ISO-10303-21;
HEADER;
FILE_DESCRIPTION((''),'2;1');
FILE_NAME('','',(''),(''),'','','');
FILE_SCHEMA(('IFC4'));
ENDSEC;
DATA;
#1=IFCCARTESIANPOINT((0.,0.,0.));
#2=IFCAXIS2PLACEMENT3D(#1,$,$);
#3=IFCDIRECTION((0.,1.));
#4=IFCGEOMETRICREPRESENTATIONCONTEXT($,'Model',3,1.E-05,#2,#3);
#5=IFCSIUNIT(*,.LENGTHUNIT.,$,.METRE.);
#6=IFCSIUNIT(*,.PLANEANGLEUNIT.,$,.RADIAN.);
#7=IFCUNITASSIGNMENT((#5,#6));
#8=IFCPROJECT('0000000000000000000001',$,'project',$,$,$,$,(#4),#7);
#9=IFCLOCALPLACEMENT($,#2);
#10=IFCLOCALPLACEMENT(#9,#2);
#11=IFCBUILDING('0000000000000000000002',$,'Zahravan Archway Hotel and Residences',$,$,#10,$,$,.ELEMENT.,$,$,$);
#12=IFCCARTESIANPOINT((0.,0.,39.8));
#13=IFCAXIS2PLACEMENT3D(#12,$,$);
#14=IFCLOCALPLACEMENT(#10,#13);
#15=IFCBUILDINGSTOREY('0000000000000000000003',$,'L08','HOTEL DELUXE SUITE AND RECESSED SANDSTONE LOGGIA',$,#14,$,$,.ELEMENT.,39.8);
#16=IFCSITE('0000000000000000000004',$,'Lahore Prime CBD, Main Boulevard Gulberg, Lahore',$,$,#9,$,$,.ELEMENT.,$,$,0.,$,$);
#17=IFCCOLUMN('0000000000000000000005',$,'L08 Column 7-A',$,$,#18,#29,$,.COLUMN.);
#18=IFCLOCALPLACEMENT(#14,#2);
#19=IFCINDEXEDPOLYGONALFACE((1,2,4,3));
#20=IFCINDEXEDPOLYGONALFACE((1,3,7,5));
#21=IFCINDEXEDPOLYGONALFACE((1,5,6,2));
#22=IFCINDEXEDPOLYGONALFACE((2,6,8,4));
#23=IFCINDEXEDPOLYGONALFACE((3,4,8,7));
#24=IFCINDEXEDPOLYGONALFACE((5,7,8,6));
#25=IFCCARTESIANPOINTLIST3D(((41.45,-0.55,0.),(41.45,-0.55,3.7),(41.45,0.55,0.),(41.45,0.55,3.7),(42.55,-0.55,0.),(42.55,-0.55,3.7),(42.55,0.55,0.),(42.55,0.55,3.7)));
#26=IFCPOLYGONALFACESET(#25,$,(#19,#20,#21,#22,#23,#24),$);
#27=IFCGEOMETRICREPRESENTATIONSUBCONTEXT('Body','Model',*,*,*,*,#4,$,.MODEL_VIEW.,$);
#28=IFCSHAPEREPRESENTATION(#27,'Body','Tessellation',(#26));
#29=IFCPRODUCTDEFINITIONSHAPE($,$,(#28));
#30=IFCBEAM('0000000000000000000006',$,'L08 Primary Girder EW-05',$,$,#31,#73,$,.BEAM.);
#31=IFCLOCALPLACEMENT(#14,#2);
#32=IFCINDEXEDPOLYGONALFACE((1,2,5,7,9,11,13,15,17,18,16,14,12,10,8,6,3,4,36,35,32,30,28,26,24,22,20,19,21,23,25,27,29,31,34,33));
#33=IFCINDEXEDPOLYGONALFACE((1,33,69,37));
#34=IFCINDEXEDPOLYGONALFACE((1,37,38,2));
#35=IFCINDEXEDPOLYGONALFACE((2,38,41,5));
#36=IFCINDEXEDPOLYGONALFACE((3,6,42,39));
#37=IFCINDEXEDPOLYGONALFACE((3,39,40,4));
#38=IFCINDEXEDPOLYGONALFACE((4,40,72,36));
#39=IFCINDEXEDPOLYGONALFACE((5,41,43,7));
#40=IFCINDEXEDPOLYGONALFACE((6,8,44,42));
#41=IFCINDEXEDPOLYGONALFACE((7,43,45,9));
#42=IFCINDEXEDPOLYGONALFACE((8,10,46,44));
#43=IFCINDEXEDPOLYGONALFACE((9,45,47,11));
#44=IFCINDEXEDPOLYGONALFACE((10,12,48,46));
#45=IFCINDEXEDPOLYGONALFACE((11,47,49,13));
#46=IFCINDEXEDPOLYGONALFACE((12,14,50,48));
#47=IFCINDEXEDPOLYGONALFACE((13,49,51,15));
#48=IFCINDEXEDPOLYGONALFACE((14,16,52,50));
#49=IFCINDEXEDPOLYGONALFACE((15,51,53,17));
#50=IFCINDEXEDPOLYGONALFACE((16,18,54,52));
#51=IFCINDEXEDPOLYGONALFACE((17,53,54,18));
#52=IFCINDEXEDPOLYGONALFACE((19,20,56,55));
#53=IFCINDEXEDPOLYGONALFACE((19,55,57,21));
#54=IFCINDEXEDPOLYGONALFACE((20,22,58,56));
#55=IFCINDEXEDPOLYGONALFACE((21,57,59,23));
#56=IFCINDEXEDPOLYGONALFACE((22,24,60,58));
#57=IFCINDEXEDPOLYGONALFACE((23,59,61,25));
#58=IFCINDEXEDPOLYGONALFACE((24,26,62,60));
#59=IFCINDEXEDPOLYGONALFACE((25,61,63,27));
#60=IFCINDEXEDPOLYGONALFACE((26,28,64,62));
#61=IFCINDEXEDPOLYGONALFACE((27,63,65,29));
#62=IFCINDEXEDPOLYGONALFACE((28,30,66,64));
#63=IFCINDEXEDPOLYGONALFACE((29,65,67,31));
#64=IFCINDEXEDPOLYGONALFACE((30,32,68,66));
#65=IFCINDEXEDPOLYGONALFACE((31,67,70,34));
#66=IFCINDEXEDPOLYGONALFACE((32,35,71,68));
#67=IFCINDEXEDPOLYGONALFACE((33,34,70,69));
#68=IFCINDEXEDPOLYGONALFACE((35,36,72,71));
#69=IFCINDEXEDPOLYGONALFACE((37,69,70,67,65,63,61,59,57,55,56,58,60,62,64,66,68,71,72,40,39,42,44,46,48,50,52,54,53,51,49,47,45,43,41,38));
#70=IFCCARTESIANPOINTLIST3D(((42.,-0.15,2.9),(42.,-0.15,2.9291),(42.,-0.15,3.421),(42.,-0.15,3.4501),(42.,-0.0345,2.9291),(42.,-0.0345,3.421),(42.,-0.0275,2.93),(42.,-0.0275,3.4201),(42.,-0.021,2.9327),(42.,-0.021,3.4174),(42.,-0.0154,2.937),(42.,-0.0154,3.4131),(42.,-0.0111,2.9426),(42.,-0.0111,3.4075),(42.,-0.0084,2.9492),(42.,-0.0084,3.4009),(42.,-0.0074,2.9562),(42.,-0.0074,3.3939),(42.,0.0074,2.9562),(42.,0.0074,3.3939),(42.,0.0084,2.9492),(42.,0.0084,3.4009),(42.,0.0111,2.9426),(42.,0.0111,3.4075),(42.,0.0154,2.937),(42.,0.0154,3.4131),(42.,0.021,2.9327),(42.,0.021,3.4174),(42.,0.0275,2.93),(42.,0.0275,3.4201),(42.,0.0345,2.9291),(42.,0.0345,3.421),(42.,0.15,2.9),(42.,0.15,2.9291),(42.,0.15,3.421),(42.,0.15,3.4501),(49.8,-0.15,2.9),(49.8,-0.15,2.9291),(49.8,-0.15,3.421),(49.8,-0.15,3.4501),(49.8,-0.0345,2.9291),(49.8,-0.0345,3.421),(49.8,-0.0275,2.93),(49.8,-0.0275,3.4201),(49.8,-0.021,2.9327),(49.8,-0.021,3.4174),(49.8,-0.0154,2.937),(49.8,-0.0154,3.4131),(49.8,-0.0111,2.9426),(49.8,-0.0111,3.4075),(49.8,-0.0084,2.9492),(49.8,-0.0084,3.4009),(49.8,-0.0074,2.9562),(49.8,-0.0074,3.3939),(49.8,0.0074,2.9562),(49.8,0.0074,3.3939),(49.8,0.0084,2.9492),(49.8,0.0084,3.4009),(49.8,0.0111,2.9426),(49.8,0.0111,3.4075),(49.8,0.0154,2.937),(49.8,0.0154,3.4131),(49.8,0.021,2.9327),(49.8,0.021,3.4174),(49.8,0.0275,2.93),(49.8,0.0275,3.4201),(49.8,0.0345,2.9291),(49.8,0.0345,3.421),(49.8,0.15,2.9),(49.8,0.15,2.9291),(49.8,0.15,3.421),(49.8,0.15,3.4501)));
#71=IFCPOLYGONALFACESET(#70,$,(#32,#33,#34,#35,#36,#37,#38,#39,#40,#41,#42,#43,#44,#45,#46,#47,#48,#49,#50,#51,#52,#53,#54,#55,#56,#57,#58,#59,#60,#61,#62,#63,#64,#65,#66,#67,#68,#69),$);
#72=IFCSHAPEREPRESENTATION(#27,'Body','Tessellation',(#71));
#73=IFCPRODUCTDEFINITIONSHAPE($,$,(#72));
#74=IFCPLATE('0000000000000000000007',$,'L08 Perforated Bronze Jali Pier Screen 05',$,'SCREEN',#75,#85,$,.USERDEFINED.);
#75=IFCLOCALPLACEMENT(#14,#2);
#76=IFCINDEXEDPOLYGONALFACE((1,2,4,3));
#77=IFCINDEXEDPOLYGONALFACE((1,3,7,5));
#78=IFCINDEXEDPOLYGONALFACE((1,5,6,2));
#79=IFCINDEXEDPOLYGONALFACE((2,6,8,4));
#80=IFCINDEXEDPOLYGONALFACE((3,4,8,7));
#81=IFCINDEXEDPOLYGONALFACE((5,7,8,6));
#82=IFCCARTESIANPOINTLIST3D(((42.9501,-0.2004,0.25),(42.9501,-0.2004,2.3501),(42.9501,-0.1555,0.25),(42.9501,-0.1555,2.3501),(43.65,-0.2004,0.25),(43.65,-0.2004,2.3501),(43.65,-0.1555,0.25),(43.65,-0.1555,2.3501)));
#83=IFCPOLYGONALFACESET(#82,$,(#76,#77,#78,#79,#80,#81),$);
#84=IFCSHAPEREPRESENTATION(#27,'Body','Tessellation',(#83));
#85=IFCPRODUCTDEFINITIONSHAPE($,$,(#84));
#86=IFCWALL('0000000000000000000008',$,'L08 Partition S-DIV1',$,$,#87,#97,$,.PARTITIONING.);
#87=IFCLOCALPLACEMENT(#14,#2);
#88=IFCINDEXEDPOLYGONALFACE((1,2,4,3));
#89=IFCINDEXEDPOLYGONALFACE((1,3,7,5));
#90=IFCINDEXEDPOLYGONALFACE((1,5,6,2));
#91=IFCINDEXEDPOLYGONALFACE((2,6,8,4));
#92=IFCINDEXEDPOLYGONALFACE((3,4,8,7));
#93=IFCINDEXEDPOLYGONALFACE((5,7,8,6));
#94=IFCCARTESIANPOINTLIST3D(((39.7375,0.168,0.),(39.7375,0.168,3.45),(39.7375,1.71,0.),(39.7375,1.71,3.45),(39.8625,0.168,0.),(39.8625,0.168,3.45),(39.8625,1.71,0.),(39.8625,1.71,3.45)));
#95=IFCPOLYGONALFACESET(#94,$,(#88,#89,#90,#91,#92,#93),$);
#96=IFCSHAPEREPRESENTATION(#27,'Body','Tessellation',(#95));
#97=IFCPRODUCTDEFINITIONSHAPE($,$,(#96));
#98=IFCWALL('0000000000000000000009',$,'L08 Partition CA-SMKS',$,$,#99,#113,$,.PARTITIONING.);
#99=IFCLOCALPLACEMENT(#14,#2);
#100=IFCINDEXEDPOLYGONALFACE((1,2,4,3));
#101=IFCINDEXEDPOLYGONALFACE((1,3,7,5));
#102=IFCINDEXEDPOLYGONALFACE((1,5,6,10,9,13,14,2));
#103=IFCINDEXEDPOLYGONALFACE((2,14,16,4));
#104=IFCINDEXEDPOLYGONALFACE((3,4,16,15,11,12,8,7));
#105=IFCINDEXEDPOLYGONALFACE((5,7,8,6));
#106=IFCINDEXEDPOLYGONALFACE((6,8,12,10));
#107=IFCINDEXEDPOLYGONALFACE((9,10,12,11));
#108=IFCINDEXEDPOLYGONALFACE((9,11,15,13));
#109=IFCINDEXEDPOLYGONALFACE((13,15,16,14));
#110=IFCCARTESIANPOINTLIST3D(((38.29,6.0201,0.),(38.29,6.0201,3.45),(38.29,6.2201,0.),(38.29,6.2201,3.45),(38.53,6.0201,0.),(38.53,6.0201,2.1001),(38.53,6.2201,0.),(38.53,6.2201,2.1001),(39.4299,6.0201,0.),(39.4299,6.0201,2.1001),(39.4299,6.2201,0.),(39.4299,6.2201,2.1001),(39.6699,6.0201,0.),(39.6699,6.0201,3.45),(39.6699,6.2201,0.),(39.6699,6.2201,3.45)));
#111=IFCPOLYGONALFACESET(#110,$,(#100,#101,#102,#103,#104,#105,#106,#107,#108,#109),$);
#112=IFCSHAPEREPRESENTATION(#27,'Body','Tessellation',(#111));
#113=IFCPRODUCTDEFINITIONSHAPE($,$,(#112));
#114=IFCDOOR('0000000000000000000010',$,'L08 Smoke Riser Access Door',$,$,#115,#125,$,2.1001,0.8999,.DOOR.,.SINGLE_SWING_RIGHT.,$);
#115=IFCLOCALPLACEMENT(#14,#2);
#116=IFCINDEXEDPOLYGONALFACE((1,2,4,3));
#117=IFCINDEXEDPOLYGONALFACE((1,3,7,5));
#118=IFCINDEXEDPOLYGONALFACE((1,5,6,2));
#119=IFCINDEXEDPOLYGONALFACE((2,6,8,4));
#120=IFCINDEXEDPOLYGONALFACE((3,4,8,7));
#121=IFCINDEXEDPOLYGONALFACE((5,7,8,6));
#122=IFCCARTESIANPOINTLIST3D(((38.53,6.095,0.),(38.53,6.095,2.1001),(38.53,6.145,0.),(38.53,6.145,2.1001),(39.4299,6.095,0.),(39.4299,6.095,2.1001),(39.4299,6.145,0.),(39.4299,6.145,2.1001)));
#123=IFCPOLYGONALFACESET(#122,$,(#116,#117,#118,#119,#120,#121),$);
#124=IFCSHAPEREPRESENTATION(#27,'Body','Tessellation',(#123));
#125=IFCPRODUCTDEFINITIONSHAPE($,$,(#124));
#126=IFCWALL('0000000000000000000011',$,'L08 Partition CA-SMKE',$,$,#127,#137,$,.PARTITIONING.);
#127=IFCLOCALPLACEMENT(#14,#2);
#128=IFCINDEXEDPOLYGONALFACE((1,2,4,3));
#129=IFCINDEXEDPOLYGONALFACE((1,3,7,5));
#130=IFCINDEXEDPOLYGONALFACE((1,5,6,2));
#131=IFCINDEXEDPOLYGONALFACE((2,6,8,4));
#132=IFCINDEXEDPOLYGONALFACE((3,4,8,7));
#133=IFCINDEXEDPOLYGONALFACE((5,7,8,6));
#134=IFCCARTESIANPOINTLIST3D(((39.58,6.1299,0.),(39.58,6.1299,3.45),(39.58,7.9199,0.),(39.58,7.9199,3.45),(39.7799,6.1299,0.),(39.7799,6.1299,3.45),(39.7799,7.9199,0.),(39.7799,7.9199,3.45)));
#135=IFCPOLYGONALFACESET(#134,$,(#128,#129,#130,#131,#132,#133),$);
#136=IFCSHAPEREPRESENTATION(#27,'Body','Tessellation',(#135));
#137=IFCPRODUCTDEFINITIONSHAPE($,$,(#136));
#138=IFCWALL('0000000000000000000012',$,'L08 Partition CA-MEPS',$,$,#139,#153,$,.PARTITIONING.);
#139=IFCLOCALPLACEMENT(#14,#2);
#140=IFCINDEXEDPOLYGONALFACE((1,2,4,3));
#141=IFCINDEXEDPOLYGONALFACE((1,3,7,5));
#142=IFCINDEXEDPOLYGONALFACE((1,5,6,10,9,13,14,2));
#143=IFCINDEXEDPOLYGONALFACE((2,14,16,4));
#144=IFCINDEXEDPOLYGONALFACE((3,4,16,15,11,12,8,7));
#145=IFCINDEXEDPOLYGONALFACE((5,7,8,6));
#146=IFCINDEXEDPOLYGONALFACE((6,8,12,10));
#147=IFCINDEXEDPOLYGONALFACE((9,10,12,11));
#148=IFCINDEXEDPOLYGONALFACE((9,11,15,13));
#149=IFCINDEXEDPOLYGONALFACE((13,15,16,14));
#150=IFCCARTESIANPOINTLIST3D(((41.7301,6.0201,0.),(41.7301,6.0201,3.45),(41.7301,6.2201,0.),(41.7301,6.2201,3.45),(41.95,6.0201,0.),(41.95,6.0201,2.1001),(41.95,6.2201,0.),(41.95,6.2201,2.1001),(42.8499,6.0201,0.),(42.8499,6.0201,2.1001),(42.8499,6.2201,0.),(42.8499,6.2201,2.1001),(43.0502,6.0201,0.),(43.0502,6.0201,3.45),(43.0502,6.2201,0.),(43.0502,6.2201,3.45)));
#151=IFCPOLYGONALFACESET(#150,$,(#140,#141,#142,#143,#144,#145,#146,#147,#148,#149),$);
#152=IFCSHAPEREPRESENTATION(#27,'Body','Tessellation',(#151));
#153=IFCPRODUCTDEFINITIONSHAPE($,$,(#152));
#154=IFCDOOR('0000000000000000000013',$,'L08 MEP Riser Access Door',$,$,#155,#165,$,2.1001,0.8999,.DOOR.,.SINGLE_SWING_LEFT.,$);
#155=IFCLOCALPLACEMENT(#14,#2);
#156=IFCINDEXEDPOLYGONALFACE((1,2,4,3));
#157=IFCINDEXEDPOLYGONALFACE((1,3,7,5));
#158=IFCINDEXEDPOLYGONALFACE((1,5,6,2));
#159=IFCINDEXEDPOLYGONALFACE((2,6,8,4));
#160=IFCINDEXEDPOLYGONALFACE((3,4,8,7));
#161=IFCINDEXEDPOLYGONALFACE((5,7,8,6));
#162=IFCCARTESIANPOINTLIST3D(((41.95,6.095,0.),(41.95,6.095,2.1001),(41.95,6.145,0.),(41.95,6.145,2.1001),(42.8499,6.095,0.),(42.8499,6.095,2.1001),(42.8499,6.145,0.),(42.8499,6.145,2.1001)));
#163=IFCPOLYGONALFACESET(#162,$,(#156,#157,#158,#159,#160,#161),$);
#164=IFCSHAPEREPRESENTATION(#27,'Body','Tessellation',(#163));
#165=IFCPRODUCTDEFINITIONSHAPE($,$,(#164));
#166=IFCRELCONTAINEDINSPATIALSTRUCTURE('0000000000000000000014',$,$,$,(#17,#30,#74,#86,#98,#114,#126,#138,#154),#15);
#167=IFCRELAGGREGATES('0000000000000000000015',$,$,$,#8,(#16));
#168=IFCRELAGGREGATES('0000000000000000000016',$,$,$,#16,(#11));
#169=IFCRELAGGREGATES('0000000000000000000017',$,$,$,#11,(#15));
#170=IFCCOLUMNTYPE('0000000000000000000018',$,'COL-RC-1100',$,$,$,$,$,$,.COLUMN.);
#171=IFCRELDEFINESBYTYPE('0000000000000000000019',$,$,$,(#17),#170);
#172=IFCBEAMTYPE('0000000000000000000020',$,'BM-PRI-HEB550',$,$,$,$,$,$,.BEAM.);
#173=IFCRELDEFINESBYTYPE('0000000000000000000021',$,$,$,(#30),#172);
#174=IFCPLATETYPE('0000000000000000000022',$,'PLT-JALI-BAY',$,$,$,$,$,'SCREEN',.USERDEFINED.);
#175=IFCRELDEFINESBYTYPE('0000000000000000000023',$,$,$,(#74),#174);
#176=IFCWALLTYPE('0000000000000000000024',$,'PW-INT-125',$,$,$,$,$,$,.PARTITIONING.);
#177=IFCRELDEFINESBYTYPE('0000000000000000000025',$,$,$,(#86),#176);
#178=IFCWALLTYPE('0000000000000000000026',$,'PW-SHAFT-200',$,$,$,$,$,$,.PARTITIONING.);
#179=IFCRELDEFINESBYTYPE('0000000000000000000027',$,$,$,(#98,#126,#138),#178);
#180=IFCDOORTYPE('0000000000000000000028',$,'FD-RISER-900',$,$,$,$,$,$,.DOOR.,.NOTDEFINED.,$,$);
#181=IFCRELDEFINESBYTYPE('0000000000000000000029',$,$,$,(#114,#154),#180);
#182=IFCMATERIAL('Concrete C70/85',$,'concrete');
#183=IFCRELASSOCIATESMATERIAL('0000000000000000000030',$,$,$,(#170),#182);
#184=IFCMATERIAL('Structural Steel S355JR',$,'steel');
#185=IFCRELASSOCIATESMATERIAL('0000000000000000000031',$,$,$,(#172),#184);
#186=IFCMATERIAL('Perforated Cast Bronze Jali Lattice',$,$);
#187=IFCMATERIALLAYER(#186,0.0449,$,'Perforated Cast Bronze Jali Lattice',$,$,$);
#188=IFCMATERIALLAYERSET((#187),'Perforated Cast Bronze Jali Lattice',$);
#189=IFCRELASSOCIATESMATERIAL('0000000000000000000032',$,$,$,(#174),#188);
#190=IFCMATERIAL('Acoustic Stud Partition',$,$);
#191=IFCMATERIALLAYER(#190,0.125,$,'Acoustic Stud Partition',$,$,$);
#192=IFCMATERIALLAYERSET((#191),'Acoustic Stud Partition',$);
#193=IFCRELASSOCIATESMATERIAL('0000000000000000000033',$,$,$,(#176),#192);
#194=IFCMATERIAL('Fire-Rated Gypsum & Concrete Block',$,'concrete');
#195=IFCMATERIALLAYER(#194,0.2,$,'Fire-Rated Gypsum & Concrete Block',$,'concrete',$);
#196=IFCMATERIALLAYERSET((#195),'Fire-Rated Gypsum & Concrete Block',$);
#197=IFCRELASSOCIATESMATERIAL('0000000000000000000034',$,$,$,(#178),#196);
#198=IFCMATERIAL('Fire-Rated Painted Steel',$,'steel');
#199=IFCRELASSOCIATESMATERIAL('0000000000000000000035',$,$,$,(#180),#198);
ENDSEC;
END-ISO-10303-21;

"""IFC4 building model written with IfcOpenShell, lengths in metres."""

from ifc_helpers import new_model, si_unit, direction, frame, frame_2d, origin, origin_2d, place, context, subcontext, project, spatial, rectangle, i_section, extrude, source, transform, mapped, material, layer, layer_set, material_profile, profile_set, type_object, type_shapes, element, fill, save


model = new_model("IFC4")

# Units and contexts
model_context = context("Model", 3, precision=1e-05, world=origin(), true_north=direction((0.0, 1.0)))
body_context = subcontext(model_context, "Body", "Model", "MODEL_VIEW")
ifc_project = project(units=[si_unit("LENGTHUNIT", "METRE"), si_unit("PLANEANGLEUNIT", "RADIAN")], contexts=[model_context])

# Site, building, storey
site_placement = place(None, origin())
site = spatial("IfcSite", under=ifc_project, at=site_placement, Name="Lahore Prime CBD, Main Boulevard Gulberg, Lahore", CompositionType="ELEMENT", RefElevation=0.0)
building_placement = place(site_placement, origin())
building = spatial("IfcBuilding", under=site, at=building_placement, Name="Zahravan Archway Hotel and Residences", CompositionType="ELEMENT")
storey_placement = place(building_placement, frame((0.0, 0.0, 39.8)))
storey = spatial("IfcBuildingStorey", under=building, at=storey_placement, Name="L08", Description="HOTEL DELUXE SUITE AND RECESSED SANDSTONE LOGGIA", CompositionType="ELEMENT", Elevation=39.8)

# Column
ifc_material_1 = material(Name="Concrete C70/85", Category="concrete")
ifc_material_profile_1 = material_profile(ifc_material_1, rectangle(XDim=1.1001, YDim=1.1001, at=origin_2d()), Name="RC 1100x1100", Category="concrete")
ifc_profile_set_1 = profile_set([ifc_material_profile_1], Name="Concrete C70/85")
column_type = type_object("IfcColumnType", Name="COL-RC-1100", PredefinedType="COLUMN", material=ifc_profile_set_1)
shared_shape_1 = source(origin(), body_context, "Body", "SweptSolid", [
    extrude(rectangle(XDim=1.1001, YDim=1.1001, at=origin_2d()), origin(), (0.0, 0.0, 1.0), 3.7),
])
column_placement = place(storey_placement, frame((42.0, 0.0, 0.0), z_axis=(0.0, 0.0, 1.0), x_axis=(1.0, 0.0, 0.0)))
element("IfcColumn", 1, at=column_placement, inside=storey, type_object=column_type, Name="L08 Column 7-A", PredefinedType="COLUMN", context=body_context, shape_type="MappedRepresentation", body=[
    mapped(shared_shape_1, transform((0.0, 0.0, 0.0), scale=1.0)),
])

# Beam
ifc_material_2 = material(Name="Structural Steel S355JR", Category="steel")
ifc_material_profile_2 = material_profile(ifc_material_2, i_section(OverallWidth=0.3, OverallDepth=0.55, WebThickness=0.0149, FlangeThickness=0.0291, FilletRadius=0.0271, at=origin_2d()), Name="HEB 550", Category="steel")
ifc_profile_set_2 = profile_set([ifc_material_profile_2], Name="Structural Steel S355JR")
beam_type = type_object("IfcBeamType", Name="BM-PRI-HEB550", PredefinedType="BEAM", material=ifc_profile_set_2)
shared_shape_2 = source(origin(), body_context, "Body", "SweptSolid", [
    extrude(i_section(OverallWidth=0.3, OverallDepth=0.55, WebThickness=0.0149, FlangeThickness=0.0291, FilletRadius=0.0271, at=origin_2d()), origin(), (0.0, 0.0, 1.0), 7.8),
])
beam_placement = place(storey_placement, frame((42.0, 0.0, 3.175), z_axis=(1.0, 0.0, 0.0), x_axis=(0.0, 1.0, 0.0)))
element("IfcBeam", 2, at=beam_placement, inside=storey, type_object=beam_type, Name="L08 Primary Girder EW-05", PredefinedType="BEAM", context=body_context, shape_type="MappedRepresentation", body=[
    mapped(shared_shape_2, transform((0.0, 0.0, 0.0), scale=1.0)),
])

# Plate
ifc_material_3 = material(Name="Perforated Cast Bronze Jali Lattice")
ifc_layer_1 = layer(ifc_material_3, 0.0449, Name="Perforated Cast Bronze Jali Lattice")
ifc_layer_set_1 = layer_set([ifc_layer_1], Name="Perforated Cast Bronze Jali Lattice")
plate_type = type_object("IfcPlateType", Name="PLT-JALI-BAY", ElementType="SCREEN", PredefinedType="USERDEFINED", material=ifc_layer_set_1)
shared_shape_3 = source(origin(), body_context, "Body", "SweptSolid", [
    extrude(rectangle(XDim=0.7, YDim=0.0449, at=origin_2d()), origin(), (0.0, 0.0, 1.0), 2.1001),
])
type_shapes(plate_type, [shared_shape_3])
plate_placement = place(storey_placement, frame((43.3, -0.178, 0.25), z_axis=(0.0, 0.0, 1.0), x_axis=(1.0, 0.0, 0.0)))
element("IfcPlate", 3, at=plate_placement, inside=storey, type_object=plate_type, Name="L08 Perforated Bronze Jali Pier Screen 05", ObjectType="SCREEN", PredefinedType="USERDEFINED", context=body_context, shape_type="MappedRepresentation", body=[
    mapped(shared_shape_3, transform((0.0, 0.0, 0.0), scale=1.0)),
])

# Wall
ifc_material_4 = material(Name="Acoustic Stud Partition")
ifc_layer_2 = layer(ifc_material_4, 0.125, Name="Acoustic Stud Partition")
ifc_layer_set_2 = layer_set([ifc_layer_2], Name="Acoustic Stud Partition")
wall_type_1 = type_object("IfcWallType", Name="PW-INT-125", PredefinedType="PARTITIONING", material=ifc_layer_set_2)
wall_1_placement = place(storey_placement, frame((39.8, 0.168, 0.0), z_axis=(0.0, 0.0, 1.0), x_axis=(0.0, 1.0, 0.0)))
element("IfcWall", 4, at=wall_1_placement, inside=storey, type_object=wall_type_1, Name="L08 Partition S-DIV1", PredefinedType="PARTITIONING", context=body_context, shape_type="SweptSolid", body=[
    extrude(rectangle(XDim=1.542, YDim=0.125, at=frame_2d((0.771, 0.0))), origin(), (0.0, 0.0, 1.0), 3.45),
])

# Wall, opening, door
ifc_material_5 = material(Name="Fire-Rated Gypsum & Concrete Block", Category="concrete")
ifc_layer_3 = layer(ifc_material_5, 0.2, Name="Fire-Rated Gypsum & Concrete Block", Category="concrete")
ifc_layer_set_3 = layer_set([ifc_layer_3], Name="Fire-Rated Gypsum & Concrete Block")
wall_type_2 = type_object("IfcWallType", Name="PW-SHAFT-200", PredefinedType="PARTITIONING", material=ifc_layer_set_3)
wall_2_placement = place(storey_placement, frame((38.29, 6.1201, 0.0), z_axis=(0.0, 0.0, 1.0), x_axis=(1.0, 0.0, 0.0)))
wall_2 = element("IfcWall", 5, at=wall_2_placement, inside=storey, type_object=wall_type_2, Name="L08 Partition CA-SMKS", PredefinedType="PARTITIONING", context=body_context, shape_type="SweptSolid", body=[
    extrude(rectangle(XDim=1.3799, YDim=0.2, at=frame_2d((0.6899, 0.0))), origin(), (0.0, 0.0, 1.0), 3.45),
])
opening_1_placement = place(wall_2_placement, frame((0.24, 0.0, 0.0)))
opening_1 = element("IfcOpeningElement", 6, at=opening_1_placement, cuts=wall_2, PredefinedType="OPENING", context=body_context, shape_type="SweptSolid", body=[
    extrude(rectangle(XDim=0.8999, YDim=2.1001, at=frame_2d((0.45, 1.05))), frame((0.0, 0.1099, 0.0), z_axis=(0.0, -1.0, 0.0), x_axis=(1.0, 0.0, 0.0)), (0.0, 0.0, 1.0), 0.22),
])
ifc_material_6 = material(Name="Fire-Rated Painted Steel", Category="steel")
door_type = type_object("IfcDoorType", Name="FD-RISER-900", OperationType="NOTDEFINED", PredefinedType="DOOR", material=ifc_material_6)
shared_shape_4 = source(origin(), body_context, "Body", "SweptSolid", [
    extrude(rectangle(XDim=0.8999, YDim=2.1001, at=frame_2d((0.45, 1.05))), frame((0.0, 0.0249, 0.0), z_axis=(0.0, -1.0, 0.0), x_axis=(1.0, 0.0, 0.0)), (0.0, 0.0, 1.0), 0.05),
])
type_shapes(door_type, [shared_shape_4])
door_1_placement = place(opening_1_placement, origin())
door_1 = element("IfcDoor", 7, at=door_1_placement, inside=storey, type_object=door_type, Name="L08 Smoke Riser Access Door", OperationType="SINGLE_SWING_RIGHT", OverallHeight=2.1001, OverallWidth=0.8999, PredefinedType="DOOR", context=body_context, shape_type="MappedRepresentation", body=[
    mapped(shared_shape_4, transform((0.0, 0.0, 0.0), scale=1.0)),
])
fill(opening_1, door_1)

# Wall
wall_3_placement = place(storey_placement, frame((39.6799, 6.1299, 0.0), z_axis=(0.0, 0.0, 1.0), x_axis=(0.0, 1.0, 0.0)))
element("IfcWall", 8, at=wall_3_placement, inside=storey, type_object=wall_type_2, Name="L08 Partition CA-SMKE", PredefinedType="PARTITIONING", context=body_context, shape_type="SweptSolid", body=[
    extrude(rectangle(XDim=1.79, YDim=0.2, at=frame_2d((0.895, 0.0))), origin(), (0.0, 0.0, 1.0), 3.45),
])

# Wall, opening, door
wall_4_placement = place(storey_placement, frame((41.73, 6.1201, 0.0), z_axis=(0.0, 0.0, 1.0), x_axis=(1.0, 0.0, 0.0)))
wall_4 = element("IfcWall", 9, at=wall_4_placement, inside=storey, type_object=wall_type_2, Name="L08 Partition CA-MEPS", PredefinedType="PARTITIONING", context=body_context, shape_type="SweptSolid", body=[
    extrude(rectangle(XDim=1.3201, YDim=0.2, at=frame_2d((0.6602, 0.0))), origin(), (0.0, 0.0, 1.0), 3.45),
])
opening_2_placement = place(wall_4_placement, frame((0.22, 0.0, 0.0)))
opening_2 = element("IfcOpeningElement", 10, at=opening_2_placement, cuts=wall_4, PredefinedType="OPENING", context=body_context, shape_type="SweptSolid", body=[
    extrude(rectangle(XDim=0.8999, YDim=2.1001, at=frame_2d((0.45, 1.05))), frame((0.0, 0.1099, 0.0), z_axis=(0.0, -1.0, 0.0), x_axis=(1.0, 0.0, 0.0)), (0.0, 0.0, 1.0), 0.22),
])
door_2_placement = place(opening_2_placement, origin())
door_2 = element("IfcDoor", 11, at=door_2_placement, inside=storey, type_object=door_type, Name="L08 MEP Riser Access Door", OperationType="SINGLE_SWING_LEFT", OverallHeight=2.1001, OverallWidth=0.8999, PredefinedType="DOOR", context=body_context, shape_type="MappedRepresentation", body=[
    mapped(shared_shape_4, transform((0.0, 0.0, 0.0), scale=1.0)),
])
fill(opening_2, door_2)

save(model, "model.ifc")
